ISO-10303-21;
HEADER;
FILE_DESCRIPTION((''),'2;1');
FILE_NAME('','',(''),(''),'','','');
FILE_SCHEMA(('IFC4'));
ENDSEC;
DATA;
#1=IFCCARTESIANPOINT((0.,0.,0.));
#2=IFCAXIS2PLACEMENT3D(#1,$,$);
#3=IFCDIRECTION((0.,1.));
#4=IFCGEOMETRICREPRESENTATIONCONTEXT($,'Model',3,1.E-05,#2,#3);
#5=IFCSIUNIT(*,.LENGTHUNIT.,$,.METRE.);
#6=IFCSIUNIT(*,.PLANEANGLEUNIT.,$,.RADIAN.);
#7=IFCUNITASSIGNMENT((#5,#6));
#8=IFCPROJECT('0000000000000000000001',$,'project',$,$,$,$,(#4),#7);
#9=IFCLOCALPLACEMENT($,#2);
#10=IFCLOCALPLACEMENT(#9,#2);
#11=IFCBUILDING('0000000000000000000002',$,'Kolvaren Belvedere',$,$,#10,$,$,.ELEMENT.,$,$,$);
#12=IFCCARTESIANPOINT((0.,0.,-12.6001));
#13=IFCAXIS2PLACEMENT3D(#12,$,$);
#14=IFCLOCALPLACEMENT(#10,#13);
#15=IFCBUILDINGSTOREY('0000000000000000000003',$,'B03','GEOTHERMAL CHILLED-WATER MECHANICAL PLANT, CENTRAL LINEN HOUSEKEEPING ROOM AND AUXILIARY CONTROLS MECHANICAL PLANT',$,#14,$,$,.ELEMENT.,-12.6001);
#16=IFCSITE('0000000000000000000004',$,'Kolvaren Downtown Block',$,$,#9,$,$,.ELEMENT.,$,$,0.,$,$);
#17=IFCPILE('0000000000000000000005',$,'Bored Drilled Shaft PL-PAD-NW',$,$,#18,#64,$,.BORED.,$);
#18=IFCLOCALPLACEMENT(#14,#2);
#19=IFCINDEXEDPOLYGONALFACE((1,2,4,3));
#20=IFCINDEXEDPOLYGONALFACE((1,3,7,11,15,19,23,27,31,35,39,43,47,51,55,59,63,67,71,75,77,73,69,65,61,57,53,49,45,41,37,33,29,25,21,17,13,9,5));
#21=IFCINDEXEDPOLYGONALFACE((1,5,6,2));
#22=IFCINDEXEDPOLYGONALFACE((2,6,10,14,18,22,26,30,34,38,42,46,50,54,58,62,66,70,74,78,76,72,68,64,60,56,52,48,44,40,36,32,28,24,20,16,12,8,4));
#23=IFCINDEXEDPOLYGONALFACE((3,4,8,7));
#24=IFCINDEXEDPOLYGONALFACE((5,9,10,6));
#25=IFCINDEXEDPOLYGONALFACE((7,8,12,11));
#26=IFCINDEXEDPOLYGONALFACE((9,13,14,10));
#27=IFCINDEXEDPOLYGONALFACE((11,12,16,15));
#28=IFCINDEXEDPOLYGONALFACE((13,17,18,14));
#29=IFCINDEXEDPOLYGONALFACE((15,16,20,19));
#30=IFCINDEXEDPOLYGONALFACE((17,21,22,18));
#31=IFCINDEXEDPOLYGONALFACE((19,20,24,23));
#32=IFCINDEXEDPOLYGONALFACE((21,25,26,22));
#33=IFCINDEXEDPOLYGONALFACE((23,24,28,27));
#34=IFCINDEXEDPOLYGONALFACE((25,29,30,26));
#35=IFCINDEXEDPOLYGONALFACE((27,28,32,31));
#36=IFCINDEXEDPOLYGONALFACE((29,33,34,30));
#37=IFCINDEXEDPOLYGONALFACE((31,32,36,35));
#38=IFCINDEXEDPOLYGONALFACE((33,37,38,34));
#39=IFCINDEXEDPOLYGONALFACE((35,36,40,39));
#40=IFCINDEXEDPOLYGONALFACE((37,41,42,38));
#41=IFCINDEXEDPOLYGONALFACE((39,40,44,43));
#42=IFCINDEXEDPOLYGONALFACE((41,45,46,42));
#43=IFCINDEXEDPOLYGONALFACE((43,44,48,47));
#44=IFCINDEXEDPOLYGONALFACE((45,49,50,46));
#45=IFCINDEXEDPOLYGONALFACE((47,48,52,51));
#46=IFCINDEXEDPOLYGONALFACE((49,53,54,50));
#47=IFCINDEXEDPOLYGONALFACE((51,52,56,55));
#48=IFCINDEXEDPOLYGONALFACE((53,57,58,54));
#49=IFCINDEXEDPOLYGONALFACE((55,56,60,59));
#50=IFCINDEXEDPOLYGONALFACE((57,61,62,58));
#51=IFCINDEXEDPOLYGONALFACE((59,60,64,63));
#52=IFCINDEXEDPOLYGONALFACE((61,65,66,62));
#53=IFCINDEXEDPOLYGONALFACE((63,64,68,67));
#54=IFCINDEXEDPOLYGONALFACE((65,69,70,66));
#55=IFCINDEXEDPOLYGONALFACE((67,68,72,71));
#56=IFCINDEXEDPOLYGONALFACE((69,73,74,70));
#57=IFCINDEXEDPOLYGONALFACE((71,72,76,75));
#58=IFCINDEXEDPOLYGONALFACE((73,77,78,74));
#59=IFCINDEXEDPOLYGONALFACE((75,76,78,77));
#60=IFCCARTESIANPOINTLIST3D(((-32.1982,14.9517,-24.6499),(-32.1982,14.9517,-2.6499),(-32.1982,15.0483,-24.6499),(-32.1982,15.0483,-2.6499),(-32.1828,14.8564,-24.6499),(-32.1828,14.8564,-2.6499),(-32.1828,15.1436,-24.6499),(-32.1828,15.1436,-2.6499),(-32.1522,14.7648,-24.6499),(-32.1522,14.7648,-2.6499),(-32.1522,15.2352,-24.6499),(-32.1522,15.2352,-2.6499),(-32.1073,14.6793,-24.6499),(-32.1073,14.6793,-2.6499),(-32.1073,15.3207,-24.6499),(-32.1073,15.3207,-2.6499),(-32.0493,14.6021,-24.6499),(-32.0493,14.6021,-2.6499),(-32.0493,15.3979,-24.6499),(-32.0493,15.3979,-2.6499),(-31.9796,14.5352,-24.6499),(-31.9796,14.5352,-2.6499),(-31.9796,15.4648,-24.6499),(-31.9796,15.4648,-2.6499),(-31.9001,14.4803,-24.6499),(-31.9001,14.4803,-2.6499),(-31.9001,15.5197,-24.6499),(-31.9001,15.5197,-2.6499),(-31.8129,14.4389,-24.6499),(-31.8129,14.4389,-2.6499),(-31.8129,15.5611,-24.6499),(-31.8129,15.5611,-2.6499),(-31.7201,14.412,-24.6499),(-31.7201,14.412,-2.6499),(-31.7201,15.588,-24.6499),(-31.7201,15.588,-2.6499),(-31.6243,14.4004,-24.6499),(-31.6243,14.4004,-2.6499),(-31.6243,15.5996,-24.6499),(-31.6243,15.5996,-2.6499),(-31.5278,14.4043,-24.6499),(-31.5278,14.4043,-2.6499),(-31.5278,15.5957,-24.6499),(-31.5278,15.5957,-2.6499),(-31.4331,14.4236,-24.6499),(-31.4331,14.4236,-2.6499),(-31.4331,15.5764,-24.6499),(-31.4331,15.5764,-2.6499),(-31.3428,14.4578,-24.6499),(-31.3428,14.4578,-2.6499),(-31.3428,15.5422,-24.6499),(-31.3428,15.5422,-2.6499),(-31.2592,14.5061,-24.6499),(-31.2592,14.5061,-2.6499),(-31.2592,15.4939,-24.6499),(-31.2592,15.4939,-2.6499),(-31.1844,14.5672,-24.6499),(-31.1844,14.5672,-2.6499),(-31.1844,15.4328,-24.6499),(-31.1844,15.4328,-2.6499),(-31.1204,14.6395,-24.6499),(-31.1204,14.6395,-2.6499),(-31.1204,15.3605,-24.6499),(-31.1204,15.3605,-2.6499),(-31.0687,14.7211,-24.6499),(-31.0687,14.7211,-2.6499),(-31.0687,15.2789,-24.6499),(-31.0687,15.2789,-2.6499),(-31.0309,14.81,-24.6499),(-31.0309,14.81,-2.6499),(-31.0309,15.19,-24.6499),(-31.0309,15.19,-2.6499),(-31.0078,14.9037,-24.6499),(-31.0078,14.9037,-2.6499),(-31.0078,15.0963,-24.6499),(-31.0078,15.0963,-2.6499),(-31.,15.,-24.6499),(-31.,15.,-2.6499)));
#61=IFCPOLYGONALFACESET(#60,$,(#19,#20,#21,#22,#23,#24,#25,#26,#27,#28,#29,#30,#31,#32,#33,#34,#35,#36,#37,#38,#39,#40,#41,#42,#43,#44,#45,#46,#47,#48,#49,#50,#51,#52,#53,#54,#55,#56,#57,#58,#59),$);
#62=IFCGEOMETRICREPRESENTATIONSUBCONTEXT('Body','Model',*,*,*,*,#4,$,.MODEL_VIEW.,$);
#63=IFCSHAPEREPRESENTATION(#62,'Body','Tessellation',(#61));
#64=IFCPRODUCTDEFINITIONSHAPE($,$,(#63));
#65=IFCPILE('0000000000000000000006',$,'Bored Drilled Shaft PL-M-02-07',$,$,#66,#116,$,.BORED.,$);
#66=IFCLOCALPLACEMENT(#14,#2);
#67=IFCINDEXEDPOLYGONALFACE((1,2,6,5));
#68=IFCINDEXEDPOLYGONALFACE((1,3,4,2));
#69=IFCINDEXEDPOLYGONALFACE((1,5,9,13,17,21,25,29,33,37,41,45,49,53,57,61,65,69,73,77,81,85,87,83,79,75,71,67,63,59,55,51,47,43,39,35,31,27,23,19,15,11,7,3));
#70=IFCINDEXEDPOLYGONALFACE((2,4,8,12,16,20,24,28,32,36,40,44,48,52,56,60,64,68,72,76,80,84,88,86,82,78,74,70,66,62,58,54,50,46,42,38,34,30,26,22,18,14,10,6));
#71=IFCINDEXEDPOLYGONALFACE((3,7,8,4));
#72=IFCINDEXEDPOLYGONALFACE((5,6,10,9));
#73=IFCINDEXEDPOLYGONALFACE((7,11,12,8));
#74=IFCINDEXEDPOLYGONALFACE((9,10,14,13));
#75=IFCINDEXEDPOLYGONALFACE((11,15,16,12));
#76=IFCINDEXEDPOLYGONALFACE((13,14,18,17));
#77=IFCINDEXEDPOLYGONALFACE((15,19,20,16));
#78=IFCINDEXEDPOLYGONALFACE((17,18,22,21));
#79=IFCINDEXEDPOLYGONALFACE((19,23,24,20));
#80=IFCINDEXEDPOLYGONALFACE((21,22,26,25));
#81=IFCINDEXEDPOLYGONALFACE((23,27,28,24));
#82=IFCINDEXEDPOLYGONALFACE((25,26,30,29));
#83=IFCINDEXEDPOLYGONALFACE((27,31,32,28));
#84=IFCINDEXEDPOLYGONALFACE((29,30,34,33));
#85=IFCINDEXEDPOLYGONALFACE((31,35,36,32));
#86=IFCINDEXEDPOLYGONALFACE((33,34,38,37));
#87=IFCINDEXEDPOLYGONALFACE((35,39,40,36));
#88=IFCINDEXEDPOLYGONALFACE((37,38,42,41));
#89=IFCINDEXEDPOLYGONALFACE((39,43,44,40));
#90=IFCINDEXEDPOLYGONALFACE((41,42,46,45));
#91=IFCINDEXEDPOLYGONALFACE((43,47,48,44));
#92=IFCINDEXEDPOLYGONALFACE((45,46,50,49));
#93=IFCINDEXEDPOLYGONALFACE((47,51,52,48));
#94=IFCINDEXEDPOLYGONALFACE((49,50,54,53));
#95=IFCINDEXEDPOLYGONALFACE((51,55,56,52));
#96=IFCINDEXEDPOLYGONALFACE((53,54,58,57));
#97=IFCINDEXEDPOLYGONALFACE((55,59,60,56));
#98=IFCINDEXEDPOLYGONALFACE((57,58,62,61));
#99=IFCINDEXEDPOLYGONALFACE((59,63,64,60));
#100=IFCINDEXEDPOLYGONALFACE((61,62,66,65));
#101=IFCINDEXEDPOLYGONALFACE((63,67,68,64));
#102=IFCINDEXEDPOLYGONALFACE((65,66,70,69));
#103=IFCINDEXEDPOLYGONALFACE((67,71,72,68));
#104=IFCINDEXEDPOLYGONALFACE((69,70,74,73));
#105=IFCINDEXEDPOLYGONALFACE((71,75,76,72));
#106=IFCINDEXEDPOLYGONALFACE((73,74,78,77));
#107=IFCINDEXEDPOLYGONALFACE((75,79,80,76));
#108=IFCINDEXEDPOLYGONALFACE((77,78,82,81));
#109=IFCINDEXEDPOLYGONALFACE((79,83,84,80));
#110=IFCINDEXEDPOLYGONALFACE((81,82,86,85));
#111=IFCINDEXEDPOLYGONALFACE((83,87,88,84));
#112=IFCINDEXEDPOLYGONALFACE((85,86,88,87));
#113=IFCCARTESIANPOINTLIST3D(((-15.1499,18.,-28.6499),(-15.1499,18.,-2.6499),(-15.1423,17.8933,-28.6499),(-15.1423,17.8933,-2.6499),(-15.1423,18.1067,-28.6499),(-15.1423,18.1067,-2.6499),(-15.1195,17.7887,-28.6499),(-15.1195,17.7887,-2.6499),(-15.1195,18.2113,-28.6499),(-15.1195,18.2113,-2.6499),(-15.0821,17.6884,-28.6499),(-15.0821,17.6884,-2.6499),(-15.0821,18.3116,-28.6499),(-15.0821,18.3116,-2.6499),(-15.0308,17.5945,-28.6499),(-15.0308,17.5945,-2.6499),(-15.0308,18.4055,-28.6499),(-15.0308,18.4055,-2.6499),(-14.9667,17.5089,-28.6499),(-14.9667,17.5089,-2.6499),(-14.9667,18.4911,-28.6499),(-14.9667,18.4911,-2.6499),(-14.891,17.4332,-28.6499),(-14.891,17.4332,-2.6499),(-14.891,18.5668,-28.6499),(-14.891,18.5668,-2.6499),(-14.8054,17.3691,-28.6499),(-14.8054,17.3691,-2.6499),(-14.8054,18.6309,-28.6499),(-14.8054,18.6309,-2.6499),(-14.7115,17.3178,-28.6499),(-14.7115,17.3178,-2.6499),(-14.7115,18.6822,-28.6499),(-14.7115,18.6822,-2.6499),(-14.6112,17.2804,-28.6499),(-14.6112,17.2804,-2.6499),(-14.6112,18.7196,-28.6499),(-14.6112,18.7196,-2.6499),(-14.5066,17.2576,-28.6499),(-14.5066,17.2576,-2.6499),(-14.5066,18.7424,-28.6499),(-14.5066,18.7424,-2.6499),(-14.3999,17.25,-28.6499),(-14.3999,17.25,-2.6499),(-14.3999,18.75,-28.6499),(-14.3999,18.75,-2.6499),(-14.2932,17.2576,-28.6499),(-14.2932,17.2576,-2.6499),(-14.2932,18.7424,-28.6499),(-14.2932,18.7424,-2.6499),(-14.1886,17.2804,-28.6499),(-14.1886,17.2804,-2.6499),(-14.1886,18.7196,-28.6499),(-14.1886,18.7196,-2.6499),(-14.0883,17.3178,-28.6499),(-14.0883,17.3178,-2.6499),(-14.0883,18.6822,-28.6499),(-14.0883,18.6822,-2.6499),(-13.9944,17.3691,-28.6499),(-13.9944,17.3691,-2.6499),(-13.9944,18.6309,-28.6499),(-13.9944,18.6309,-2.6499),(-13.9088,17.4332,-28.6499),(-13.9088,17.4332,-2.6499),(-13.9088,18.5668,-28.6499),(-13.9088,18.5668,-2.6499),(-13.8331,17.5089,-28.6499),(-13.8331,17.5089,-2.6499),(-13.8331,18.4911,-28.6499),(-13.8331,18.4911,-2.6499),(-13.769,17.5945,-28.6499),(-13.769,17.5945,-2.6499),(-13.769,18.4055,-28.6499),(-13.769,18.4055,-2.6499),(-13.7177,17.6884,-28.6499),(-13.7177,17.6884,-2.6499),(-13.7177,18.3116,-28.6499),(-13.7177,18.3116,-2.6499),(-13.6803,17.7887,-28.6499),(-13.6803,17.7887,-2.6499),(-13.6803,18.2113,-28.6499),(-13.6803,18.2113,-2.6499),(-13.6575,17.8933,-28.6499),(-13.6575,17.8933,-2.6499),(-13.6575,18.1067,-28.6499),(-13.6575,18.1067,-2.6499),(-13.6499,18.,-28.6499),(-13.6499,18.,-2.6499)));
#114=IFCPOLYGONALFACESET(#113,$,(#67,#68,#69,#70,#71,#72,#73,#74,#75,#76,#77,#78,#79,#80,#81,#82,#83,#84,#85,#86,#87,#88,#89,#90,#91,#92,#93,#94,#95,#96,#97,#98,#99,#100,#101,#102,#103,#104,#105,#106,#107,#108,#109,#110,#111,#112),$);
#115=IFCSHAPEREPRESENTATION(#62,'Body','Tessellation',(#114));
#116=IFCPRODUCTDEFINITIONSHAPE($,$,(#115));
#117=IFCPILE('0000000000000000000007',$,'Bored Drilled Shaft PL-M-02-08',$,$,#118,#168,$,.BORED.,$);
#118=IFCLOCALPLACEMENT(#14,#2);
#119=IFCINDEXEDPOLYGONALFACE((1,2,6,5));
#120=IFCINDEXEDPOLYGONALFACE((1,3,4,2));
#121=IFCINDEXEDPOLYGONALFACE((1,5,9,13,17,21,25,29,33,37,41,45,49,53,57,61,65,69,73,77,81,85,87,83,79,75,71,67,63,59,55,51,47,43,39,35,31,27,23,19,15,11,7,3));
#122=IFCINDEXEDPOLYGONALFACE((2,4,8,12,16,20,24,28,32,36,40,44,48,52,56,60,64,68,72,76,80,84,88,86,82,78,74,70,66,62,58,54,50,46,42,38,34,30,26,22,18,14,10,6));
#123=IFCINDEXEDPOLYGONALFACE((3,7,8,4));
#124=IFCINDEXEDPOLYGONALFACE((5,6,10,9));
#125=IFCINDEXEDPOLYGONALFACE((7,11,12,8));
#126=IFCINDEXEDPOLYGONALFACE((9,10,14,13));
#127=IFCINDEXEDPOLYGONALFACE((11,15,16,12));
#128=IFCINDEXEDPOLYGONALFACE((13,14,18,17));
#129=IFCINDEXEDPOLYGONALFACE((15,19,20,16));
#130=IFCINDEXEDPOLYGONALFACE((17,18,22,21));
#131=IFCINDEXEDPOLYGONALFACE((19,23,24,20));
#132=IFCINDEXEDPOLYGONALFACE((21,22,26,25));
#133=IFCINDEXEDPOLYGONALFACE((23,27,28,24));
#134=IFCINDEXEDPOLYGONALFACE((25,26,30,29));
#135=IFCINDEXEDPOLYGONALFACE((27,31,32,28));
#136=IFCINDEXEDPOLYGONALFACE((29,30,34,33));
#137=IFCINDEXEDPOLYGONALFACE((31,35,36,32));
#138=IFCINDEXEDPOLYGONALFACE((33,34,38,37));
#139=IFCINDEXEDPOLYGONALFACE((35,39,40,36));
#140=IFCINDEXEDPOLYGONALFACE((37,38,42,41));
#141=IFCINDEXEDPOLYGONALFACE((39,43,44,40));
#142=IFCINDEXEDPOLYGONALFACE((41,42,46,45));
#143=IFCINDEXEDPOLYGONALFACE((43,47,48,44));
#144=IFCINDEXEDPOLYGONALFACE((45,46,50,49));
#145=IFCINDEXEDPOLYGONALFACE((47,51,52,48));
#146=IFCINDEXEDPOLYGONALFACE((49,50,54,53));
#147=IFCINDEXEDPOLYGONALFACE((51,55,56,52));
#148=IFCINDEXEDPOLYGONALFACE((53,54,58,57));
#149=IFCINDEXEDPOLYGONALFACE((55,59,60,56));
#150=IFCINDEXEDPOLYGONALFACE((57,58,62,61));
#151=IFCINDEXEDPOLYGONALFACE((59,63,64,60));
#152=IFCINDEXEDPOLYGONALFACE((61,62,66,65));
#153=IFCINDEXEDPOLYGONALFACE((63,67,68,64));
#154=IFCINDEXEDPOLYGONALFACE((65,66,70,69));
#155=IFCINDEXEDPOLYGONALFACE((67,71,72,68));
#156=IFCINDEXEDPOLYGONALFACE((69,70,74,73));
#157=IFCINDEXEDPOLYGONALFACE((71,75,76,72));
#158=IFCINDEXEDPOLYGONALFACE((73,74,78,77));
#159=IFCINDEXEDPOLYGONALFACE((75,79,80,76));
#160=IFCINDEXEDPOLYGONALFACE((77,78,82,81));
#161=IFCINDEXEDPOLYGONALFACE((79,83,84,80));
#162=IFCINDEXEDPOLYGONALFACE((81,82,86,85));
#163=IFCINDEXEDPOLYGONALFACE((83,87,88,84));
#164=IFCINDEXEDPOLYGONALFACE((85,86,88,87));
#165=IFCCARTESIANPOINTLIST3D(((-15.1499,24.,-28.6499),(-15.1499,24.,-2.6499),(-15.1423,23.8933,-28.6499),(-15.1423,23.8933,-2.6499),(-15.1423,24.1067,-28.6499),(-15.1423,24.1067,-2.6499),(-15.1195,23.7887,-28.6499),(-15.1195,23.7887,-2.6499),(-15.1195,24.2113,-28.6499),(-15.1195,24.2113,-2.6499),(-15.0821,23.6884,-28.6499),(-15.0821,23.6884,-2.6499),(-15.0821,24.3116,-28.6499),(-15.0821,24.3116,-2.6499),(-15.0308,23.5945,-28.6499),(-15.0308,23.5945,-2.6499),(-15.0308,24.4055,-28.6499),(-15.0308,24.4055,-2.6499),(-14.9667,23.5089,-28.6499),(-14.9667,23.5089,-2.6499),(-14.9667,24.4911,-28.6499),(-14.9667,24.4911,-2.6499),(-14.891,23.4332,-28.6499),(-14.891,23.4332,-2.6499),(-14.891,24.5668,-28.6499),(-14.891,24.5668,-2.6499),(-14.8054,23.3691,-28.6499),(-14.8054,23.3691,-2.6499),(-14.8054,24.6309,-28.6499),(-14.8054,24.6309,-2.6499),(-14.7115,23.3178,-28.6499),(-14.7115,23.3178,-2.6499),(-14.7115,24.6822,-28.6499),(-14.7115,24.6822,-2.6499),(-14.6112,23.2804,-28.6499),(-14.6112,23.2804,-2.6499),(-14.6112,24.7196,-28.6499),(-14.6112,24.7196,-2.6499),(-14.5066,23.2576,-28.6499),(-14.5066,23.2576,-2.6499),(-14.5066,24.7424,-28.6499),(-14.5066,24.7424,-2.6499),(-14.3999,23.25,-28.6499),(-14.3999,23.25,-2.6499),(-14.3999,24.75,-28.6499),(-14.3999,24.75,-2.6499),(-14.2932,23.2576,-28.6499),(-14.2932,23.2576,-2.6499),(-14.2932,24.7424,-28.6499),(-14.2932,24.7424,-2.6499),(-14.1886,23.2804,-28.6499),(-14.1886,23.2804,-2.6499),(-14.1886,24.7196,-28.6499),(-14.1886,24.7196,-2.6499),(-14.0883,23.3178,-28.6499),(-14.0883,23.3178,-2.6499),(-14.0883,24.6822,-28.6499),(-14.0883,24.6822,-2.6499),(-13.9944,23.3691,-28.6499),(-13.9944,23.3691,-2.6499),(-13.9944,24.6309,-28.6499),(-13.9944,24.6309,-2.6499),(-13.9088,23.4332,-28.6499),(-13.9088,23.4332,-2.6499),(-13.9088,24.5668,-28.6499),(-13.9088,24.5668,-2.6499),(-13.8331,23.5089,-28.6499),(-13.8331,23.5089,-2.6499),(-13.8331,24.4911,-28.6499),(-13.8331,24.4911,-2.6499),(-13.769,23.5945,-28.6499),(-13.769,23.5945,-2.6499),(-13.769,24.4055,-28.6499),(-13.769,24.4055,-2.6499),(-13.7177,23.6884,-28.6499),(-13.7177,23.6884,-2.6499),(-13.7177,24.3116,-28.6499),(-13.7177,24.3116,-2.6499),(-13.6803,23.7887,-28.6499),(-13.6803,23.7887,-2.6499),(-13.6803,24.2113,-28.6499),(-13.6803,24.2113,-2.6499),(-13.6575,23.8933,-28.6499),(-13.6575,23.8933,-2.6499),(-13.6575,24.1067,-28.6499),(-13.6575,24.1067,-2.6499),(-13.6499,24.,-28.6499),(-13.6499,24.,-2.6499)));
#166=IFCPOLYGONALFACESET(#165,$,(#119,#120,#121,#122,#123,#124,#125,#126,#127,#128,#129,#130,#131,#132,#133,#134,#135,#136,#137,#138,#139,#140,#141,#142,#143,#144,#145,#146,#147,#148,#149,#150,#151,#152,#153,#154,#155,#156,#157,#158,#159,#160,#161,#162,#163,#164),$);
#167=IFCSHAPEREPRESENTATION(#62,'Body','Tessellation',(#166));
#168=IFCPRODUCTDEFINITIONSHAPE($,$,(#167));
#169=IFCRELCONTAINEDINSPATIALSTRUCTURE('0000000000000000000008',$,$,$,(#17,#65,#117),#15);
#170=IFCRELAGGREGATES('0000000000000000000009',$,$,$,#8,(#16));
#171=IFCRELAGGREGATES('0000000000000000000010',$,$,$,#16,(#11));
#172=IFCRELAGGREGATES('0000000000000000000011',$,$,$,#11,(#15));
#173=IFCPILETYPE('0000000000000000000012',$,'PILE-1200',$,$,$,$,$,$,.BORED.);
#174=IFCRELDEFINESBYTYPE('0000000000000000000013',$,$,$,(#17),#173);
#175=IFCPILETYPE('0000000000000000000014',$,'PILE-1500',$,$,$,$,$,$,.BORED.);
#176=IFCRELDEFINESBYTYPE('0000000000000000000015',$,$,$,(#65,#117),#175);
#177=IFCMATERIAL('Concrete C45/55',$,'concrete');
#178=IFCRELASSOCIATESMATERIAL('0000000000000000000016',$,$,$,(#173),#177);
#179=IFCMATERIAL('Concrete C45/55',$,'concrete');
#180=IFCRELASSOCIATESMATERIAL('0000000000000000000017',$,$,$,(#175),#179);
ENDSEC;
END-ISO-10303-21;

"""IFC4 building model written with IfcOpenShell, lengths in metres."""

from ifc_helpers import new_model, si_unit, direction, frame, origin, origin_2d, place, context, subcontext, project, spatial, circle, extrude, material, material_profile, profile_set, type_object, element, save


model = new_model("IFC4")

# Units and contexts
model_context = context("Model", 3, precision=1e-05, world=origin(), true_north=direction((0.0, 1.0)))
body_context = subcontext(model_context, "Body", "Model", "MODEL_VIEW")
ifc_project = project(units=[si_unit("LENGTHUNIT", "METRE"), si_unit("PLANEANGLEUNIT", "RADIAN")], contexts=[model_context])

# Site, building, storey
site_placement = place(None, origin())
site = spatial("IfcSite", under=ifc_project, at=site_placement, Name="Kolvaren Downtown Block", CompositionType="ELEMENT", RefElevation=0.0)
building_placement = place(site_placement, origin())
building = spatial("IfcBuilding", under=site, at=building_placement, Name="Kolvaren Belvedere", CompositionType="ELEMENT")
storey_placement = place(building_placement, frame((0.0, 0.0, -12.6001)))
storey = spatial("IfcBuildingStorey", under=building, at=storey_placement, Name="B03", Description="GEOTHERMAL CHILLED-WATER MECHANICAL PLANT, CENTRAL LINEN HOUSEKEEPING ROOM AND AUXILIARY CONTROLS MECHANICAL PLANT", CompositionType="ELEMENT", Elevation=-12.6001)

# Piles
ifc_material_1 = material(Name="Concrete C45/55", Category="concrete")
ifc_material_profile_1 = material_profile(ifc_material_1, circle(Radius=0.6001, at=origin_2d()), Name="BORED PILE D1200")
ifc_profile_set_1 = profile_set([ifc_material_profile_1], Name="Concrete C45/55")
pile_type_1 = type_object("IfcPileType", Name="PILE-1200", PredefinedType="BORED", material=ifc_profile_set_1)
for number, where, z_axis, x_axis, name in (
    (1, (-31.6001, 15.0, -2.6499), (0.0, 0.0, -1.0), (1.0, 0.0, 0.0), "Bored Drilled Shaft PL-PAD-NW"),
):
    element("IfcPile", number, at=place(storey_placement, frame(where, z_axis=z_axis, x_axis=x_axis)), inside=storey, type_object=pile_type_1, Name=name, PredefinedType="BORED", context=body_context, shape_type="SweptSolid", body=[
        extrude(circle(Radius=0.6001, at=origin_2d()), origin(), (0.0, 0.0, 1.0), 22.0),
    ])
ifc_material_2 = material(Name="Concrete C45/55", Category="concrete")
ifc_material_profile_2 = material_profile(ifc_material_2, circle(Radius=0.75, at=origin_2d()), Name="BORED PILE D1500")
ifc_profile_set_2 = profile_set([ifc_material_profile_2], Name="Concrete C45/55")
pile_type_2 = type_object("IfcPileType", Name="PILE-1500", PredefinedType="BORED", material=ifc_profile_set_2)
for number, where, z_axis, x_axis, name in (
    (2, (-14.3999, 18.0, -2.6499), (0.0, 0.0, -1.0), (1.0, 0.0, 0.0), "Bored Drilled Shaft PL-M-02-07"),
    (3, (-14.3999, 24.0, -2.6499), (0.0, 0.0, -1.0), (1.0, 0.0, 0.0), "Bored Drilled Shaft PL-M-02-08"),
):
    element("IfcPile", number, at=place(storey_placement, frame(where, z_axis=z_axis, x_axis=x_axis)), inside=storey, type_object=pile_type_2, Name=name, PredefinedType="BORED", context=body_context, shape_type="SweptSolid", body=[
        extrude(circle(Radius=0.75, at=origin_2d()), origin(), (0.0, 0.0, 1.0), 26.0),
    ])

save(model, "model.ifc")
